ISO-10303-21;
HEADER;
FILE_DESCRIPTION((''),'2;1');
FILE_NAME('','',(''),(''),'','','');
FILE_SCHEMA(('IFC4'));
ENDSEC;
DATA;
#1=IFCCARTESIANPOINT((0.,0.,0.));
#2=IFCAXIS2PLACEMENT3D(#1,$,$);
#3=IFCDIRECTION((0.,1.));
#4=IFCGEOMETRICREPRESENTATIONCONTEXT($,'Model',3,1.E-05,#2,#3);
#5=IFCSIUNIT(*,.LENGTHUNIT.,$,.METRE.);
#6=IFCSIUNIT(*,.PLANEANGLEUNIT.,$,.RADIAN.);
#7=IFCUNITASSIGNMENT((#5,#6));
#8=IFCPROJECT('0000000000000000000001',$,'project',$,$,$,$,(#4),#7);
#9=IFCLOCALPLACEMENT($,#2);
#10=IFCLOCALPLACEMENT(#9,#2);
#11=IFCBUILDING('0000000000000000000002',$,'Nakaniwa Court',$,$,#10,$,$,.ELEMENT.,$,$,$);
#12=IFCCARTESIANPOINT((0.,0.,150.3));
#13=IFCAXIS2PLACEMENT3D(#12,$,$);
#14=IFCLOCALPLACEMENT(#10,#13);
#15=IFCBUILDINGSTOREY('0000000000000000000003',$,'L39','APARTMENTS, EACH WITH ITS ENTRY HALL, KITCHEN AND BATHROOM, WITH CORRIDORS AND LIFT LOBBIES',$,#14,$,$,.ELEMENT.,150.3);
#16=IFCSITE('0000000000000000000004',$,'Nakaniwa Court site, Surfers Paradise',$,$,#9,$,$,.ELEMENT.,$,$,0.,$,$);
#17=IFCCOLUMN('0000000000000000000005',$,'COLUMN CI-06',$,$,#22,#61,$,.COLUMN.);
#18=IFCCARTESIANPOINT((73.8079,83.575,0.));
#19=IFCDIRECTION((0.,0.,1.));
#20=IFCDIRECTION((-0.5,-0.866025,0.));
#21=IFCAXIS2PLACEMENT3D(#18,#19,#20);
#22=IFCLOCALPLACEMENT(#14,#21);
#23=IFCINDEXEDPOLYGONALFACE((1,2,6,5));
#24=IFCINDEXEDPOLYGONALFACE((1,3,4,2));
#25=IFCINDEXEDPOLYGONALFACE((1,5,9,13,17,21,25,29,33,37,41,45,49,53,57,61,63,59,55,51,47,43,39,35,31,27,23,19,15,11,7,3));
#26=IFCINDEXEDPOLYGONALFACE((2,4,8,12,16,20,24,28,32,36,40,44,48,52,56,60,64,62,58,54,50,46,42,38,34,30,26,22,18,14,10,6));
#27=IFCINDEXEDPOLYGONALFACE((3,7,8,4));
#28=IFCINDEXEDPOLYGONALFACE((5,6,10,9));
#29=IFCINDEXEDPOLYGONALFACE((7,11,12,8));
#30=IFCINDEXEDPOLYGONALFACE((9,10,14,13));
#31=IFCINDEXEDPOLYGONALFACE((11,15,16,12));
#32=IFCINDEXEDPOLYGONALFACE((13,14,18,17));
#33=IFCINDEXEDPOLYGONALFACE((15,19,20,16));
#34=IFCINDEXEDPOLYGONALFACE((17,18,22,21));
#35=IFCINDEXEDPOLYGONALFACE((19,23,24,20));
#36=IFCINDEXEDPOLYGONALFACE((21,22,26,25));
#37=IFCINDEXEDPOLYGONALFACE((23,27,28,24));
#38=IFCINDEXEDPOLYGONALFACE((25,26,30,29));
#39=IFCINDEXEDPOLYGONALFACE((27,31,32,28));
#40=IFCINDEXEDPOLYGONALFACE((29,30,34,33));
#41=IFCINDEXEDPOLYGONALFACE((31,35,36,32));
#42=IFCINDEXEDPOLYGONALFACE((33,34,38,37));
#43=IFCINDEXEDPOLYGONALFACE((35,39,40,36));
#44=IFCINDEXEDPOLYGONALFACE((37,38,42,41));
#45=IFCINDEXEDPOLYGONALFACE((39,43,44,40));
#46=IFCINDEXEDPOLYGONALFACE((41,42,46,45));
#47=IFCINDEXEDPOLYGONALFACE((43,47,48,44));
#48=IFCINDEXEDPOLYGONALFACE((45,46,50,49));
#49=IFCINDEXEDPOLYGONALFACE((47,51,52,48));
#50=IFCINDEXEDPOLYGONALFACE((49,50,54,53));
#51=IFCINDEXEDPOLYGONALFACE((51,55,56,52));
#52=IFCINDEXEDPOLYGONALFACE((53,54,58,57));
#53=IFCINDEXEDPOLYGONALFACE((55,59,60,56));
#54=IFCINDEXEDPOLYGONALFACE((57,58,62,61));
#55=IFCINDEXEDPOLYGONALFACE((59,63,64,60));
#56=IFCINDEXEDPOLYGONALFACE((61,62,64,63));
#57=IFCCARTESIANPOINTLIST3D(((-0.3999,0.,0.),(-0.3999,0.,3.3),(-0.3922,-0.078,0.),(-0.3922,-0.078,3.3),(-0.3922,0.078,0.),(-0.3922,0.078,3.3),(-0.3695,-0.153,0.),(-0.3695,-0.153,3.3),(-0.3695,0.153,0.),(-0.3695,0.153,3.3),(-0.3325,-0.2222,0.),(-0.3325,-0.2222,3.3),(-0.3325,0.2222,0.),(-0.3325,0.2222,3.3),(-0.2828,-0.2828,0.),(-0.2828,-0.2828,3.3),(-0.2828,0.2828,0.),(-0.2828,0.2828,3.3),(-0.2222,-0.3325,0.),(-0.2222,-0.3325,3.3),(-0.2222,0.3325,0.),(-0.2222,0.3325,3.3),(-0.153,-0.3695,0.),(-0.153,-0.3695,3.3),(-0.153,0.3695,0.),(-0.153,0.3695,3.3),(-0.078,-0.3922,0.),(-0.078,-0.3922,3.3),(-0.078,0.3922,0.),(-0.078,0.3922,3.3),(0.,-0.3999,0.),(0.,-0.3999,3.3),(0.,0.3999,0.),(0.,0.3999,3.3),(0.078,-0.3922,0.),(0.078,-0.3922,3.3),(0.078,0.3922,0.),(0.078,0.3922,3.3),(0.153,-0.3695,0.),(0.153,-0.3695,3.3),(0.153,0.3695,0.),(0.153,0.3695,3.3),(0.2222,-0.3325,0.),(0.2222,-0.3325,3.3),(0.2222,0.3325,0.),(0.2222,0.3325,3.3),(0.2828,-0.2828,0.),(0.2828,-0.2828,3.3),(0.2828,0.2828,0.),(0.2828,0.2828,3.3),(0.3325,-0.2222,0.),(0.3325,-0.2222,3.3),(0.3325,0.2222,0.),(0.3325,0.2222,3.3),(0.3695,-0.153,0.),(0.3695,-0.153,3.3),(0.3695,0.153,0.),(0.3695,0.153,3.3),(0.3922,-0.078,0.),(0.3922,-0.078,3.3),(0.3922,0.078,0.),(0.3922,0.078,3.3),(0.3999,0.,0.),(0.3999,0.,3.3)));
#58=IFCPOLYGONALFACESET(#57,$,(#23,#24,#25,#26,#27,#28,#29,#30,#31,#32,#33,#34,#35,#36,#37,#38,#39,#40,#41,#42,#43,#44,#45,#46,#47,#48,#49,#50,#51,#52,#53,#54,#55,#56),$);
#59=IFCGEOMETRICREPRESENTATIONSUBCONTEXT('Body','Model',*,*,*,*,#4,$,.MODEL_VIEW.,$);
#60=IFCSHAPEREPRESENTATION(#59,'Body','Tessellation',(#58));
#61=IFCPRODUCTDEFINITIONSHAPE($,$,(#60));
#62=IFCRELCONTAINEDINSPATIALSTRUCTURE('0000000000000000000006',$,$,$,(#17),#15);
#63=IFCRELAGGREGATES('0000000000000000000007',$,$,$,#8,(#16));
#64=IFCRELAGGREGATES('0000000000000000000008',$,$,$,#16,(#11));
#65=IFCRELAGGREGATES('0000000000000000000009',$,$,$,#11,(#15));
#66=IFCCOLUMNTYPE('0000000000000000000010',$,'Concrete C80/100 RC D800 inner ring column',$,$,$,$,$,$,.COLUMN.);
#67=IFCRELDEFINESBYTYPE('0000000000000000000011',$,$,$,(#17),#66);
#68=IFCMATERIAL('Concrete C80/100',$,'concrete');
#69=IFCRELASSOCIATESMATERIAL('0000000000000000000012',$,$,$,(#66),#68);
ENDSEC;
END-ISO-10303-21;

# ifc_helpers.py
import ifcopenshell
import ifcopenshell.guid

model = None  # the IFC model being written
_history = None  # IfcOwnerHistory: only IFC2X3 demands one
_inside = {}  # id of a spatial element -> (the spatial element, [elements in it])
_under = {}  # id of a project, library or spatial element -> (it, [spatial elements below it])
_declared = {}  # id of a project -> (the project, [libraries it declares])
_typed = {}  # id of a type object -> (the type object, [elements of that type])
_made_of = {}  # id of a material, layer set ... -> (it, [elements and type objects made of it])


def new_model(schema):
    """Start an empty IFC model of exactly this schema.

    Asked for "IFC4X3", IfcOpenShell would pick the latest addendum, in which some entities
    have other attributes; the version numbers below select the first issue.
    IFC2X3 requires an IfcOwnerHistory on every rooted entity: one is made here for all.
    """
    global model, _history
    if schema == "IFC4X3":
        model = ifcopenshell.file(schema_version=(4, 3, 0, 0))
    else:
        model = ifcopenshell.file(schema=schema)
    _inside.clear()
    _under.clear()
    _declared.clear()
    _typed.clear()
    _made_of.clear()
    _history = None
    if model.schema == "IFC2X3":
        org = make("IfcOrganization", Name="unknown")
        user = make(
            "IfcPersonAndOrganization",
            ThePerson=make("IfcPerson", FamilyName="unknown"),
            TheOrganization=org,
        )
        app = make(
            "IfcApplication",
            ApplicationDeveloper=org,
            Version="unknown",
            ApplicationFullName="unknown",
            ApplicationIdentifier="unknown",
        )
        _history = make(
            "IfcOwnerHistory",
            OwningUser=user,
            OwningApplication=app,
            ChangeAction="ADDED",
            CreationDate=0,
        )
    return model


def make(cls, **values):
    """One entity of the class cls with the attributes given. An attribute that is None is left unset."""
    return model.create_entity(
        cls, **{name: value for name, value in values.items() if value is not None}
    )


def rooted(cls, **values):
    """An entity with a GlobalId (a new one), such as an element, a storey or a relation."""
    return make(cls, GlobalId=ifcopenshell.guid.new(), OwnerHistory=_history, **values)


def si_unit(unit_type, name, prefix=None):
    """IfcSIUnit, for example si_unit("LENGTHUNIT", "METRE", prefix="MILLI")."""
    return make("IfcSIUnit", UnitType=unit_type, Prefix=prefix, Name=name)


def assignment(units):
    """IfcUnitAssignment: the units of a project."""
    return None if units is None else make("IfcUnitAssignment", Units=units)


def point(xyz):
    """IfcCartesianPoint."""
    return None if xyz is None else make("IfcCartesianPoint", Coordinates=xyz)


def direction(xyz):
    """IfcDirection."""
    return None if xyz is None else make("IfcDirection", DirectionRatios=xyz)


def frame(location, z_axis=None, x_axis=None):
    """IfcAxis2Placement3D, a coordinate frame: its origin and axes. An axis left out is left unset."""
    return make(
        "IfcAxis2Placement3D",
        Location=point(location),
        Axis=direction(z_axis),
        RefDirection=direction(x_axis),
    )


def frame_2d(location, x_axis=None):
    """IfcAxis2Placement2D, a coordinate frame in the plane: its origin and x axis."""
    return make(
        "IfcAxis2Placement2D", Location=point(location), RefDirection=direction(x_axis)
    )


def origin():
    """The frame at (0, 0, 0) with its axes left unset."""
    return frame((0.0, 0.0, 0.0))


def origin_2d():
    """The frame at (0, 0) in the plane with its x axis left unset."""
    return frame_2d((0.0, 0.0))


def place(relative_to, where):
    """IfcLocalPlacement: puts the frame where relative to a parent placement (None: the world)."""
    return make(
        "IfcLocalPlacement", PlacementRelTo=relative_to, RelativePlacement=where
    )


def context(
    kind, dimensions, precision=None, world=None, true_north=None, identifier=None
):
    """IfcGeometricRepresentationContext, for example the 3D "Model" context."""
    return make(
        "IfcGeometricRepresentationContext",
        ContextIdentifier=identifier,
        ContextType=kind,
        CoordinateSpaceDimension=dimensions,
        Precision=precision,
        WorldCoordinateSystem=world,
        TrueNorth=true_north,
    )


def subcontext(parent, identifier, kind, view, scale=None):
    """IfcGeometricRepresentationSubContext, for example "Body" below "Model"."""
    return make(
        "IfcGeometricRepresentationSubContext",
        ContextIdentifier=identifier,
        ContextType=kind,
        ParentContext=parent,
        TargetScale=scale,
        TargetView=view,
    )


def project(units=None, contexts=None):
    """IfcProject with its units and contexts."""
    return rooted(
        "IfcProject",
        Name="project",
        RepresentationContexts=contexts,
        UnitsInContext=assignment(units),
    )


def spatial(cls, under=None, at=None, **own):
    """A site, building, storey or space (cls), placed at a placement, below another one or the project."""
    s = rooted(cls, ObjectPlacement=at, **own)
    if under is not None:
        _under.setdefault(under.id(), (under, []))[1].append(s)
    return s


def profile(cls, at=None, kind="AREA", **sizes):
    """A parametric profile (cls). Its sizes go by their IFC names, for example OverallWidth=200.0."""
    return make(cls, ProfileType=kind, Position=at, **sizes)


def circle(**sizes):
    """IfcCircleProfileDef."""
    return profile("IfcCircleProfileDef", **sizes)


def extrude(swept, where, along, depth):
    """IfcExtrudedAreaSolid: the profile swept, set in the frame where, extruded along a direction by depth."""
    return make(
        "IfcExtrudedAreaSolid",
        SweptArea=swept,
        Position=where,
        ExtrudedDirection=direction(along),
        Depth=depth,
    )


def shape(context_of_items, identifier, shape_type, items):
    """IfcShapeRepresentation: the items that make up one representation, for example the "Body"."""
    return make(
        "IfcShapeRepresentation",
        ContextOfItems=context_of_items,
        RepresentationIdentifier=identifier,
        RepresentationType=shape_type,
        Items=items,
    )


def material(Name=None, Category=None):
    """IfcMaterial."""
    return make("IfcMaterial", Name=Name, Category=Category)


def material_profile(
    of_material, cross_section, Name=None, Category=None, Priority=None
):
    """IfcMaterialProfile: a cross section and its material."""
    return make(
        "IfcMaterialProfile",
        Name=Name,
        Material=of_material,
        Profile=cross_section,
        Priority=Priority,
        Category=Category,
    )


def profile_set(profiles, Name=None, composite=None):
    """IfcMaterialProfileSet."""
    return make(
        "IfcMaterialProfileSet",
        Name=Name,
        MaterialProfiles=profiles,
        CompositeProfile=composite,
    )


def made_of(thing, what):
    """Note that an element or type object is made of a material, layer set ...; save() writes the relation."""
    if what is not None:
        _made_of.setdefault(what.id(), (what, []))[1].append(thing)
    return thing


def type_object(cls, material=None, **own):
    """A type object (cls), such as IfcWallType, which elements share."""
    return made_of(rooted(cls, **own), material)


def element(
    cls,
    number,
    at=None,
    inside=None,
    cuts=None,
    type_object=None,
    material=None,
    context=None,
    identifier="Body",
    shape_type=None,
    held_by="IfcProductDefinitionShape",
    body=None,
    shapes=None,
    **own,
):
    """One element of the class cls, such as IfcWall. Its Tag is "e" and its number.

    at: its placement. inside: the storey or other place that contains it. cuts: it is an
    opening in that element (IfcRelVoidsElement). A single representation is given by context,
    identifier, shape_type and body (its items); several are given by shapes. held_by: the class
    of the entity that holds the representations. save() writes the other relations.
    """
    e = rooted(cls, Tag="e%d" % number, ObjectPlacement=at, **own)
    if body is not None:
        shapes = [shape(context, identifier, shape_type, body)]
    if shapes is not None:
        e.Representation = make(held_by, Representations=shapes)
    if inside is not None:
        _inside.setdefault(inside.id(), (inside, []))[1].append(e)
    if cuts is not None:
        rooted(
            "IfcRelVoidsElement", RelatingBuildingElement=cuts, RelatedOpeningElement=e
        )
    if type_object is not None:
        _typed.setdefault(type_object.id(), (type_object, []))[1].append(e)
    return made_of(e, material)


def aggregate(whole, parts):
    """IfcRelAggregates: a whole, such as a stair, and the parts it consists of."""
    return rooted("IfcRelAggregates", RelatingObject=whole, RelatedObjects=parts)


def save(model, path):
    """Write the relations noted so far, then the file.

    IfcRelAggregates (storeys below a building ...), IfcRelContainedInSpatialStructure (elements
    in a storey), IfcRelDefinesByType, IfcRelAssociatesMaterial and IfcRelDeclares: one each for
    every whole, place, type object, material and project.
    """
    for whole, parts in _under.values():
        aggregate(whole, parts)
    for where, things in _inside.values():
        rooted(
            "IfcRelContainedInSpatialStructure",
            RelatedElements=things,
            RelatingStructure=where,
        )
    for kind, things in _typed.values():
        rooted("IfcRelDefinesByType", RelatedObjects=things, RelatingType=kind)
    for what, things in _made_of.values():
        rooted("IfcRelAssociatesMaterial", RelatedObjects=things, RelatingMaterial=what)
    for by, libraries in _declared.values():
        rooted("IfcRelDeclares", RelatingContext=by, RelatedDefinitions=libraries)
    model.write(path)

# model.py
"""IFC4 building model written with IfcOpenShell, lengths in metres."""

from ifc_helpers import new_model, si_unit, direction, frame, origin, origin_2d, place, context, subcontext, project, spatial, circle, extrude, material, material_profile, profile_set, type_object, element, save


model = new_model("IFC4")

# Units and contexts
model_context = context("Model", 3, precision=1e-05, world=origin(), true_north=direction((0.0, 1.0)))
body_context = subcontext(model_context, "Body", "Model", "MODEL_VIEW")
ifc_project = project(units=[si_unit("LENGTHUNIT", "METRE"), si_unit("PLANEANGLEUNIT", "RADIAN")], contexts=[model_context])

# Site, building, storey
site_placement = place(None, origin())
site = spatial("IfcSite", under=ifc_project, at=site_placement, Name="Nakaniwa Court site, Surfers Paradise", CompositionType="ELEMENT", RefElevation=0.0)
building_placement = place(site_placement, origin())
building = spatial("IfcBuilding", under=site, at=building_placement, Name="Nakaniwa Court", CompositionType="ELEMENT")
storey_placement = place(building_placement, frame((0.0, 0.0, 150.3)))
storey = spatial("IfcBuildingStorey", under=building, at=storey_placement, Name="L39", Description="APARTMENTS, EACH WITH ITS ENTRY HALL, KITCHEN AND BATHROOM, WITH CORRIDORS AND LIFT LOBBIES", CompositionType="ELEMENT", Elevation=150.3)

# Column
ifc_material_1 = material(Name="Concrete C80/100", Category="concrete")
ifc_material_profile_1 = material_profile(ifc_material_1, circle(Radius=0.3999, at=origin_2d()), Name="Concrete C80/100 RC D800 inner ring column")
ifc_profile_set_1 = profile_set([ifc_material_profile_1], Name="Concrete C80/100")
column_type_1 = type_object("IfcColumnType", Name="Concrete C80/100 RC D800 inner ring column", PredefinedType="COLUMN", material=ifc_profile_set_1)
column_placement = place(storey_placement, frame((73.8079, 83.575, 0.0), z_axis=(0.0, 0.0, 1.0), x_axis=(-0.5, -0.866025, 0.0)))
element("IfcColumn", 1, at=column_placement, inside=storey, type_object=column_type_1, Name="COLUMN CI-06", PredefinedType="COLUMN", context=body_context, shape_type="SweptSolid", body=[
    extrude(circle(Radius=0.3999, at=origin_2d()), origin(), (0.0, 0.0, 1.0), 3.3),
])

save(model, "model.ifc")
